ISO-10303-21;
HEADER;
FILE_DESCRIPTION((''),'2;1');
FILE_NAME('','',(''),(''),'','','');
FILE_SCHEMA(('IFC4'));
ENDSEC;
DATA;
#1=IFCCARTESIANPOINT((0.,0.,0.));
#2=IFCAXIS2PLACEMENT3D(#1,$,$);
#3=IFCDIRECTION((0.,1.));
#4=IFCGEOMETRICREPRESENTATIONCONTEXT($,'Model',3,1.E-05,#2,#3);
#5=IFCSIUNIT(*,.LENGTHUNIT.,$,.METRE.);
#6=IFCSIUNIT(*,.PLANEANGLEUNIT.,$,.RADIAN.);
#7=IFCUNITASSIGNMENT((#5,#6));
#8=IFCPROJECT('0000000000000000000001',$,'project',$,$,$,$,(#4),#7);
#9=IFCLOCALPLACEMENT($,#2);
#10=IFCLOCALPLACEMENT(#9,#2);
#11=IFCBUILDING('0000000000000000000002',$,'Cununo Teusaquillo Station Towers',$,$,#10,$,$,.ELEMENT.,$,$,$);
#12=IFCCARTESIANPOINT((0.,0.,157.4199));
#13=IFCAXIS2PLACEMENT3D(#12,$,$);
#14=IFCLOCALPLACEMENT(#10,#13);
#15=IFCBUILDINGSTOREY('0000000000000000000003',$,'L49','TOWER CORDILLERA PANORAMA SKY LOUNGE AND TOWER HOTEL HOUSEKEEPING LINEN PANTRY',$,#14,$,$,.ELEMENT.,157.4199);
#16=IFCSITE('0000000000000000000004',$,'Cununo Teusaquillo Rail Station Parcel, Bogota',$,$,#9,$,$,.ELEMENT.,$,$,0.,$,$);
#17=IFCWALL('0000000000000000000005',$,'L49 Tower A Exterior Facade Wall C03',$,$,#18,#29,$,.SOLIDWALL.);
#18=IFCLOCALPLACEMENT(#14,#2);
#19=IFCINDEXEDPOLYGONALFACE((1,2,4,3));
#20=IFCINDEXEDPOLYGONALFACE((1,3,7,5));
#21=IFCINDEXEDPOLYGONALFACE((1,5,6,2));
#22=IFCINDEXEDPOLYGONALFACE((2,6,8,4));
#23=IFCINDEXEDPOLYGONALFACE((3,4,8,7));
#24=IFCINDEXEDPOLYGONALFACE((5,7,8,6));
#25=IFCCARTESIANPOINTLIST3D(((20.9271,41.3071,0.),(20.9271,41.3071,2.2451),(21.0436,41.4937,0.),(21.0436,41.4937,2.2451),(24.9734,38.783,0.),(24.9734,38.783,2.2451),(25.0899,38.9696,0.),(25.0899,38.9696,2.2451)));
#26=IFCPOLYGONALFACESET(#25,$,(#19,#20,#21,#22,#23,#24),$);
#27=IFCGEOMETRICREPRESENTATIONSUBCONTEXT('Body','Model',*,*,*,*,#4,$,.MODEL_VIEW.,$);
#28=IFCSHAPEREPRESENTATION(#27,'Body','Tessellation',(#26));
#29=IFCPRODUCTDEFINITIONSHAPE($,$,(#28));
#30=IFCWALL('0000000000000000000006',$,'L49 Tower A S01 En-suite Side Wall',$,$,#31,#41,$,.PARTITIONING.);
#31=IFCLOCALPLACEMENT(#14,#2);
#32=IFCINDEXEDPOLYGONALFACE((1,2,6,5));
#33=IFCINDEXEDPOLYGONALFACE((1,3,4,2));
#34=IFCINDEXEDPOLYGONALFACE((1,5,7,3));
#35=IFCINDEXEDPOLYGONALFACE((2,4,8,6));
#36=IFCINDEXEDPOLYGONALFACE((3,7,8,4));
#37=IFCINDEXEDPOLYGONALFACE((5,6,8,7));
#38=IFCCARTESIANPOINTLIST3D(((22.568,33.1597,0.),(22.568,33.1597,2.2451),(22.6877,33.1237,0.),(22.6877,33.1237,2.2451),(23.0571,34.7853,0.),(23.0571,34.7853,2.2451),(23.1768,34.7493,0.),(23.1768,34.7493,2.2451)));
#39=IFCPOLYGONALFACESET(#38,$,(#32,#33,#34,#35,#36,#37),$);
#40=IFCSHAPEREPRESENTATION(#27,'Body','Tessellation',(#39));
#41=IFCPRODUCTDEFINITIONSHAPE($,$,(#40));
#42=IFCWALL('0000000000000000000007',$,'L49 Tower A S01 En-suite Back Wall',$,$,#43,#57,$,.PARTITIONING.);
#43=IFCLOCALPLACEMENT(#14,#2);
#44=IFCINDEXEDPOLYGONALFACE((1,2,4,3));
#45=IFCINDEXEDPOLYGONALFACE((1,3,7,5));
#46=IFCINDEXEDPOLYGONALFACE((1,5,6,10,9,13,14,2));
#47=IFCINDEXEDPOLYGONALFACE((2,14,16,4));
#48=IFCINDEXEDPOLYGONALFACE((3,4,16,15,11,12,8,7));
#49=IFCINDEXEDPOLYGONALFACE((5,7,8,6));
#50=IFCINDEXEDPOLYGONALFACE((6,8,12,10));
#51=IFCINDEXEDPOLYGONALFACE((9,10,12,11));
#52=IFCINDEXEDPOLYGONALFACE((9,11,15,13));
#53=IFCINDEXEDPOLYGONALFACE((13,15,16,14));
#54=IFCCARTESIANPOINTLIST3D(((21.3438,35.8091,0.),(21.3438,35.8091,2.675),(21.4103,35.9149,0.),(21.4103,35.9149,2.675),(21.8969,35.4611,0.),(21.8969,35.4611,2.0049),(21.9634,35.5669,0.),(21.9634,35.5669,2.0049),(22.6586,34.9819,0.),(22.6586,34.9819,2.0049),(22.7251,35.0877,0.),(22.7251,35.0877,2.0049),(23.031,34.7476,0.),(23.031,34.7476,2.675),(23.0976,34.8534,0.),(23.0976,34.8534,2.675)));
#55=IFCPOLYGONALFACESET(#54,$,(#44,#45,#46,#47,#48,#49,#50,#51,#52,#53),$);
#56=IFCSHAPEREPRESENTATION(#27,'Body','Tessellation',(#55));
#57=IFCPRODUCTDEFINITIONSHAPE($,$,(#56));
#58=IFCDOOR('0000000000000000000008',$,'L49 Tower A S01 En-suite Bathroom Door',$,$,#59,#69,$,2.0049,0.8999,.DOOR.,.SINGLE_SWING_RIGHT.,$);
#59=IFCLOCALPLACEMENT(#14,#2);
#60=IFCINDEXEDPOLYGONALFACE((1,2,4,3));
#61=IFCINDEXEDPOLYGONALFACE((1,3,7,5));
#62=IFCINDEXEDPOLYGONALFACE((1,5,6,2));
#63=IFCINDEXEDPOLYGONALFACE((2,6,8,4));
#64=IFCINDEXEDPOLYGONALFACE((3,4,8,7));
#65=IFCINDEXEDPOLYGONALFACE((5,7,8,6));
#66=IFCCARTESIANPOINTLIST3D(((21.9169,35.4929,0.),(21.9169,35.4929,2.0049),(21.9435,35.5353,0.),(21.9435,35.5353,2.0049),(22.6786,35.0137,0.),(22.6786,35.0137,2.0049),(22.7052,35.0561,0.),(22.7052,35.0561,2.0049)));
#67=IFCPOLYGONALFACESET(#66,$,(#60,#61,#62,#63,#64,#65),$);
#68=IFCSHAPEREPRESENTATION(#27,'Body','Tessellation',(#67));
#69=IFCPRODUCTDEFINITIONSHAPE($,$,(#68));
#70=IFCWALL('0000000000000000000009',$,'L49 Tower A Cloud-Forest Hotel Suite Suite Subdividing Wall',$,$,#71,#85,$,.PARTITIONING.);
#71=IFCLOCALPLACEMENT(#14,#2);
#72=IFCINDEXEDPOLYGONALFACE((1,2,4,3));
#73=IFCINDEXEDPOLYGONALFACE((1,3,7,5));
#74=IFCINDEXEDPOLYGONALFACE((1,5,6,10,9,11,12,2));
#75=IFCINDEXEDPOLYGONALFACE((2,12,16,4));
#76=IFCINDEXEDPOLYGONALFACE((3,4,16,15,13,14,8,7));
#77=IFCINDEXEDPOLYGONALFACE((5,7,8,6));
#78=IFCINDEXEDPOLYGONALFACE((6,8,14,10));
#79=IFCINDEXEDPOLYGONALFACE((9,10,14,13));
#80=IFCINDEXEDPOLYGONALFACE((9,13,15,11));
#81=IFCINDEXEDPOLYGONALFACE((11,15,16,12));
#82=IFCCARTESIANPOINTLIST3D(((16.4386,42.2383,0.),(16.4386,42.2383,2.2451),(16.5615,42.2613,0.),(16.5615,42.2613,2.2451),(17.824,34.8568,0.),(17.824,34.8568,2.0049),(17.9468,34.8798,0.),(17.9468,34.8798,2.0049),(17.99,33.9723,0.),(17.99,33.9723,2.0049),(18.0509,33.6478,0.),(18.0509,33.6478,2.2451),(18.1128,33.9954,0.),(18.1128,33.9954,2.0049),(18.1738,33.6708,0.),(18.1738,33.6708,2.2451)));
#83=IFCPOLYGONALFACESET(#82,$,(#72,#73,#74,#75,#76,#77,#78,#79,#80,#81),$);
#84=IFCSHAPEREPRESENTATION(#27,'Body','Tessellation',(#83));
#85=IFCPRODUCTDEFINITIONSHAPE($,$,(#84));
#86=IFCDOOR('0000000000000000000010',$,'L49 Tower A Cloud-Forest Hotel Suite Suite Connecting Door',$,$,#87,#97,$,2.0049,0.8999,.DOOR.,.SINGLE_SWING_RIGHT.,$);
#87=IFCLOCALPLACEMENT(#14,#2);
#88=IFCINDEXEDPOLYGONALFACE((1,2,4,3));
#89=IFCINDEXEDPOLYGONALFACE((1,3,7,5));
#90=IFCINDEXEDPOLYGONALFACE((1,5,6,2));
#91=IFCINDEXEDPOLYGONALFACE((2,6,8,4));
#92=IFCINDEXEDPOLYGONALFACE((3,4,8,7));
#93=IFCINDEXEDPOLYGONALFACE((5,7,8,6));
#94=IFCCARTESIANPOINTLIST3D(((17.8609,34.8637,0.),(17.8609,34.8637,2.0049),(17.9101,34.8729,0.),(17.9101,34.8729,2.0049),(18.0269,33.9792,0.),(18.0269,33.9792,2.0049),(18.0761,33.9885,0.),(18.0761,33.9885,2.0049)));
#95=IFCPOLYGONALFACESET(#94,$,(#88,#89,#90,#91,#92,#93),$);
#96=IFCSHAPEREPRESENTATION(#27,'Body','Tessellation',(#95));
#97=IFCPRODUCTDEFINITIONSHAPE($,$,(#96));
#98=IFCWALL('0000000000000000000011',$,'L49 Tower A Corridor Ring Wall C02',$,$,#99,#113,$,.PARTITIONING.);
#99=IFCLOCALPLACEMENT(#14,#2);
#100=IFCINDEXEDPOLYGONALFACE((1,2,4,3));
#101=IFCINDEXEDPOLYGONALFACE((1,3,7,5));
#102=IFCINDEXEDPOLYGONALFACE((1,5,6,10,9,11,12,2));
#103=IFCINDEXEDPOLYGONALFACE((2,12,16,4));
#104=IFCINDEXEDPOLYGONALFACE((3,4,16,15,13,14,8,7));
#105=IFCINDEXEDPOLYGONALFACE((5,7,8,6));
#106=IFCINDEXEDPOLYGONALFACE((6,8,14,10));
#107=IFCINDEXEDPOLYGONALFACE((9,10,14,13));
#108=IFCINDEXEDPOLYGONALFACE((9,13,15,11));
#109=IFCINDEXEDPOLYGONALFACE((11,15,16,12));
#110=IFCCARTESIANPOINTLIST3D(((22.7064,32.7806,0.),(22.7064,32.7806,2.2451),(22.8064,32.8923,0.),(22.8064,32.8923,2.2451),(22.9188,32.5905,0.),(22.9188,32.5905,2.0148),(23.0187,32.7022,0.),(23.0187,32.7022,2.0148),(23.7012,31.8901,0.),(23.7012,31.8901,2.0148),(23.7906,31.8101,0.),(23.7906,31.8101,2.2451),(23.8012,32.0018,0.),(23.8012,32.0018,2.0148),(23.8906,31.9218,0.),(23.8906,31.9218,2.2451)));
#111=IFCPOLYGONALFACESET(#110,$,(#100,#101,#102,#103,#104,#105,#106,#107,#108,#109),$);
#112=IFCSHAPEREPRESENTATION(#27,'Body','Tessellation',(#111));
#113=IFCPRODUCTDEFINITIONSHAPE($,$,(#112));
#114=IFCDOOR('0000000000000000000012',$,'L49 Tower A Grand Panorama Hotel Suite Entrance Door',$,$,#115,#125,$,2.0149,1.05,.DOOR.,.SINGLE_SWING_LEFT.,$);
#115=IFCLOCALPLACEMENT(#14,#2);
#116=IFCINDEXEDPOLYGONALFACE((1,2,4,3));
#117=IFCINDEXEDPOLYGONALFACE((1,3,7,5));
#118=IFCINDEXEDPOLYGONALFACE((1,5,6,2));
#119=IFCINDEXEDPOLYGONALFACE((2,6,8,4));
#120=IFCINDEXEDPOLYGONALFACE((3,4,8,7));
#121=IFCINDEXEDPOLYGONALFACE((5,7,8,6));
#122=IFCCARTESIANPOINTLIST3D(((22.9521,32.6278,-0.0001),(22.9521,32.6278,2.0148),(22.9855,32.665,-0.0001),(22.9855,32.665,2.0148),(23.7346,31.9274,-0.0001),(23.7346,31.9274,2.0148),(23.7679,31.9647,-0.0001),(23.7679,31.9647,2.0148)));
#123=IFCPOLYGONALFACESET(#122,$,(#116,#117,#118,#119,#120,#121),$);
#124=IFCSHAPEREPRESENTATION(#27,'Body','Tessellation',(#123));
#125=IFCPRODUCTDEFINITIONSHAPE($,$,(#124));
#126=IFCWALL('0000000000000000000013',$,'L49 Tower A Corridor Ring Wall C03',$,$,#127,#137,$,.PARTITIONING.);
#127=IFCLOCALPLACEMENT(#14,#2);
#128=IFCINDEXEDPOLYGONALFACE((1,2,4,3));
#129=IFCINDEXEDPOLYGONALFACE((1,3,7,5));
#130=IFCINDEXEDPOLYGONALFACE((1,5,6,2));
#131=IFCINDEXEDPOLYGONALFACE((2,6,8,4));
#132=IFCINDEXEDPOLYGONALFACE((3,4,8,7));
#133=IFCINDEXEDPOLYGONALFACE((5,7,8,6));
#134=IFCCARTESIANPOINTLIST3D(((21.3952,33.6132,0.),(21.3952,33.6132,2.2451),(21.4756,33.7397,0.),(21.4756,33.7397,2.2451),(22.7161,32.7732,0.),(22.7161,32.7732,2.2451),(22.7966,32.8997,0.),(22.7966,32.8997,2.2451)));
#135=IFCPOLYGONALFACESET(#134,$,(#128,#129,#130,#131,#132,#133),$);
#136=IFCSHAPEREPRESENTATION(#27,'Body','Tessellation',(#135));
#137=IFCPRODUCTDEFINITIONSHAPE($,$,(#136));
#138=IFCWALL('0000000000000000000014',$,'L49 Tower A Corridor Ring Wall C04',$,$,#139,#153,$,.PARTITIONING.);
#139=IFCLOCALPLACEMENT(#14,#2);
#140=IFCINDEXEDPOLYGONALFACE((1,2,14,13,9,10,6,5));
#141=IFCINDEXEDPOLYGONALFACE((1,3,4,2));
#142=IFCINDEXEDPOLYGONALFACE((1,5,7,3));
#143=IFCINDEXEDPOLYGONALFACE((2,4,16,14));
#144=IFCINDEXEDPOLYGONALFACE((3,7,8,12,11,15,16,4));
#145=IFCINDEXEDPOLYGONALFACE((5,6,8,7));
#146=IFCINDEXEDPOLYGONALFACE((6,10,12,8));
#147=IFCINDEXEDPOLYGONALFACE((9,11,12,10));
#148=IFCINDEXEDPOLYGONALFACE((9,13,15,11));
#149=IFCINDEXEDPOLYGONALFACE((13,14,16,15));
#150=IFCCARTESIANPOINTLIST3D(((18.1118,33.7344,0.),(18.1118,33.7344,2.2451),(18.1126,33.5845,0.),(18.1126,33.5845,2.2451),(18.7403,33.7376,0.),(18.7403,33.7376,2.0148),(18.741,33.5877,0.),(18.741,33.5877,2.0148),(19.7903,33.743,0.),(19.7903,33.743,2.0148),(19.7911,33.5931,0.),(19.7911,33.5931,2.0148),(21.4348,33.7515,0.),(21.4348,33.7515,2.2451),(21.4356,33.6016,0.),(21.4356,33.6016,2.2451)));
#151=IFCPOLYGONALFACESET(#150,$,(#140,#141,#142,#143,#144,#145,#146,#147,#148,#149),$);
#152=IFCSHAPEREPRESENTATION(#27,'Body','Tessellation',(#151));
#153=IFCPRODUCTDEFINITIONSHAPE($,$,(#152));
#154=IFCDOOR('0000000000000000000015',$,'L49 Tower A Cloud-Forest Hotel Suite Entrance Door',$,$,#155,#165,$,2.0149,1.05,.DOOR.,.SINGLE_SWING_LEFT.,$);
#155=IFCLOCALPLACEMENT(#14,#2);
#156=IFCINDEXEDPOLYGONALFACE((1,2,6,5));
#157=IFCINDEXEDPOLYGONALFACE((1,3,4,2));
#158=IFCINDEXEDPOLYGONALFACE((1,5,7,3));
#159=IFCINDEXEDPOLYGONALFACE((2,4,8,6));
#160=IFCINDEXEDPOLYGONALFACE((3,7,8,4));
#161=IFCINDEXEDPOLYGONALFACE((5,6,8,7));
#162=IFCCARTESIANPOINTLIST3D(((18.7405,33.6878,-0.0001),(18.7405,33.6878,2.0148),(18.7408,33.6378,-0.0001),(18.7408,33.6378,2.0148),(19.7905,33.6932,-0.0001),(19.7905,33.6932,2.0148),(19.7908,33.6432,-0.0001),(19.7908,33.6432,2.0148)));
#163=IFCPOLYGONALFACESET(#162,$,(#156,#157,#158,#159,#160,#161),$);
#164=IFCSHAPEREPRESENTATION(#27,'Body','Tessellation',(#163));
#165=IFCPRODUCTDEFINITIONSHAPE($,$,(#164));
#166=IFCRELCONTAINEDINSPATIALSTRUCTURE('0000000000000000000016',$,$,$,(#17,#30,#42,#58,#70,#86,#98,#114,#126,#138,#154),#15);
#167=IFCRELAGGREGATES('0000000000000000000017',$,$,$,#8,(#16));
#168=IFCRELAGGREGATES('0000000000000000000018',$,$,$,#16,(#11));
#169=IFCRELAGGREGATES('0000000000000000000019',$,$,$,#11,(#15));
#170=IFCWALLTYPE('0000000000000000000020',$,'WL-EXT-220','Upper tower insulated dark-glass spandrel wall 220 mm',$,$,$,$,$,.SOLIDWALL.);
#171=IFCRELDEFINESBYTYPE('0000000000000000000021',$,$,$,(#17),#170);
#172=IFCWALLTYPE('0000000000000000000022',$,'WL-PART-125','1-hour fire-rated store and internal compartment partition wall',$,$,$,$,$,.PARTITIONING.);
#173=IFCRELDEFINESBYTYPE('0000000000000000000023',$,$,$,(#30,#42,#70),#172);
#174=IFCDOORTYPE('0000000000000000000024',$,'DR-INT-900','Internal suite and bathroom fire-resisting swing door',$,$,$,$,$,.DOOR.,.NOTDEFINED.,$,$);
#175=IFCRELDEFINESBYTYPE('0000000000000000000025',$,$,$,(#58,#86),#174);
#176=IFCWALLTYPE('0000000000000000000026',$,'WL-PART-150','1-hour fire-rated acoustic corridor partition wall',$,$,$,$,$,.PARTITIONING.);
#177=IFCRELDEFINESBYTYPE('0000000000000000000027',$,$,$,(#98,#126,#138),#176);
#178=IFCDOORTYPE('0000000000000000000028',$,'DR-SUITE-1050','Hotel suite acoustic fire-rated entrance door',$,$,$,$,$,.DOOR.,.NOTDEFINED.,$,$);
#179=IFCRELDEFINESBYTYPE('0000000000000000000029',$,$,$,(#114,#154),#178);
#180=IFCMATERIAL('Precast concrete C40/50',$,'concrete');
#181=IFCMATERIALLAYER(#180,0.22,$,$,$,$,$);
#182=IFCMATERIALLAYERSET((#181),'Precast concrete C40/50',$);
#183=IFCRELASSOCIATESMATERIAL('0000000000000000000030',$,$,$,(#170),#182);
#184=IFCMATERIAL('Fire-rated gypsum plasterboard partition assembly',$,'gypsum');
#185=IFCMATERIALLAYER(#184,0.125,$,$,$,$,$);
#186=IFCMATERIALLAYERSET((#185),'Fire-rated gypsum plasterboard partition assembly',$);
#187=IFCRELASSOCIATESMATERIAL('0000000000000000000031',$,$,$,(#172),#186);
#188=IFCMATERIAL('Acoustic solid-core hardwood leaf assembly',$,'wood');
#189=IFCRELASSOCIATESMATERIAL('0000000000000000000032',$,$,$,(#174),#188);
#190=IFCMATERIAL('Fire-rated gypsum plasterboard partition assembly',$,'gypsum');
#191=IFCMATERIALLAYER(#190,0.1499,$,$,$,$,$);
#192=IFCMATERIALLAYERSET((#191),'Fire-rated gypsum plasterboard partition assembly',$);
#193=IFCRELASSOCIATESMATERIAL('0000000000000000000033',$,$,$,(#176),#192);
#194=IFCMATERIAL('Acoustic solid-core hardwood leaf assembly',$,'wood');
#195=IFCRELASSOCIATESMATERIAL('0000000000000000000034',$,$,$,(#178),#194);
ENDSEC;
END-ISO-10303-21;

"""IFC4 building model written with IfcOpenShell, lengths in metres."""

from ifc_helpers import new_model, si_unit, direction, frame, frame_2d, origin, place, context, subcontext, project, spatial, rectangle, extrude, source, transform, mapped, material, layer, layer_set, type_object, element, fill, save


model = new_model("IFC4")

# Units and contexts
model_context = context("Model", 3, precision=1e-05, world=origin(), true_north=direction((0.0, 1.0)))
body_context = subcontext(model_context, "Body", "Model", "MODEL_VIEW")
ifc_project = project(units=[si_unit("LENGTHUNIT", "METRE"), si_unit("PLANEANGLEUNIT", "RADIAN")], contexts=[model_context])

# Site, building, storey
site_placement = place(None, origin())
site = spatial("IfcSite", under=ifc_project, at=site_placement, Name="Cununo Teusaquillo Rail Station Parcel, Bogota", CompositionType="ELEMENT", RefElevation=0.0)
building_placement = place(site_placement, origin())
building = spatial("IfcBuilding", under=site, at=building_placement, Name="Cununo Teusaquillo Station Towers", CompositionType="ELEMENT")
storey_placement = place(building_placement, frame((0.0, 0.0, 157.4199)))
storey = spatial("IfcBuildingStorey", under=building, at=storey_placement, Name="L49", Description="TOWER CORDILLERA PANORAMA SKY LOUNGE AND TOWER HOTEL HOUSEKEEPING LINEN PANTRY", CompositionType="ELEMENT", Elevation=157.4199)

# Shared definitions
ifc_material_1 = material(Name="Precast concrete C40/50", Category="concrete")
ifc_layer_1 = layer(ifc_material_1, 0.22)
ifc_layer_set_1 = layer_set([ifc_layer_1], Name="Precast concrete C40/50")
wall_type_1 = type_object("IfcWallType", Name="WL-EXT-220", Description="Upper tower insulated dark-glass spandrel wall 220 mm", PredefinedType="SOLIDWALL", material=ifc_layer_set_1)

# Walls
wall_1_placement = place(storey_placement, frame((20.9854, 41.4004, 0.0), z_axis=(0.0, 0.0, 1.0), x_axis=(0.848452, -0.529272, 0.0)))
element("IfcWall", 1, at=wall_1_placement, inside=storey, type_object=wall_type_1, Name="L49 Tower A Exterior Facade Wall C03", PredefinedType="SOLIDWALL", context=body_context, shape_type="SweptSolid", body=[
    extrude(rectangle(XDim=4.769, YDim=0.22, at=frame_2d((2.3845, 0.0))), origin(), (0.0, 0.0, 1.0), 2.2451),
])
ifc_material_2 = material(Name="Fire-rated gypsum plasterboard partition assembly", Category="gypsum")
ifc_layer_2 = layer(ifc_material_2, 0.125)
ifc_layer_set_2 = layer_set([ifc_layer_2], Name="Fire-rated gypsum plasterboard partition assembly")
wall_type_2 = type_object("IfcWallType", Name="WL-PART-125", Description="1-hour fire-rated store and internal compartment partition wall", PredefinedType="PARTITIONING", material=ifc_layer_set_2)
wall_2_placement = place(storey_placement, frame((22.6279, 33.1418, 0.0), z_axis=(0.0, 0.0, 1.0), x_axis=(0.288087, 0.957604, 0.0)))
element("IfcWall", 2, at=wall_2_placement, inside=storey, type_object=wall_type_2, Name="L49 Tower A S01 En-suite Side Wall", PredefinedType="PARTITIONING", context=body_context, shape_type="SweptSolid", body=[
    extrude(rectangle(XDim=1.6975, YDim=0.125, at=frame_2d((0.8486, 0.0))), origin(), (0.0, 0.0, 1.0), 2.2451),
])

# Walls, openings, doors
wall_3_placement = place(storey_placement, frame((23.0642, 34.8005, 0.0), z_axis=(0.0, 0.0, 1.0), x_axis=(-0.846419, 0.532518, 0.0)))
wall_3 = element("IfcWall", 3, at=wall_3_placement, inside=storey, type_object=wall_type_2, Name="L49 Tower A S01 En-suite Back Wall", PredefinedType="PARTITIONING", context=body_context, shape_type="SweptSolid", body=[
    extrude(rectangle(XDim=1.9934, YDim=0.125, at=frame_2d((0.9966, 0.0))), origin(), (0.0, 0.0, 1.0), 2.675),
])
shared_shape_1 = source(origin(), body_context, "Body", "SweptSolid", [
    extrude(rectangle(XDim=0.8999, YDim=2.0049, at=frame_2d((0.45, 1.0024))), frame((0.0, 0.0725, 0.0), z_axis=(0.0, -1.0, 0.0), x_axis=(1.0, 0.0, 0.0)), (0.0, 0.0, 1.0), 0.145),
])
opening_1_placement = place(wall_3_placement, frame((0.4399, 0.0, 0.0)))
opening_1 = element("IfcOpeningElement", 4, at=opening_1_placement, cuts=wall_3, PredefinedType="OPENING", context=body_context, shape_type="MappedRepresentation", body=[
    mapped(shared_shape_1, transform((0.0, 0.0, 0.0), x_axis=(1.0, 0.0, 0.0), y_axis=(0.0, 1.0, 0.0), z_axis=(0.0, 0.0, 1.0), scale=1.0)),
])
ifc_material_3 = material(Name="Acoustic solid-core hardwood leaf assembly", Category="wood")
door_type_1 = type_object("IfcDoorType", Name="DR-INT-900", Description="Internal suite and bathroom fire-resisting swing door", OperationType="NOTDEFINED", PredefinedType="DOOR", material=ifc_material_3)
shared_shape_2 = source(origin(), body_context, "Body", "SweptSolid", [
    extrude(rectangle(XDim=0.8999, YDim=2.0049, at=frame_2d((0.45, 1.0024))), frame((0.0, 0.0249, 0.0), z_axis=(0.0, -1.0, 0.0), x_axis=(1.0, 0.0, 0.0)), (0.0, 0.0, 1.0), 0.05),
])
door_1_placement = place(opening_1_placement, origin())
door_1 = element("IfcDoor", 5, at=door_1_placement, inside=storey, type_object=door_type_1, Name="L49 Tower A S01 En-suite Bathroom Door", OperationType="SINGLE_SWING_RIGHT", OverallHeight=2.0049, OverallWidth=0.8999, PredefinedType="DOOR", context=body_context, shape_type="MappedRepresentation", body=[
    mapped(shared_shape_2, transform((0.0, 0.0, 0.0), x_axis=(1.0, 0.0, 0.0), y_axis=(0.0, 1.0, 0.0), z_axis=(0.0, 0.0, 1.0), scale=1.0)),
])
fill(opening_1, door_1)
wall_4_placement = place(storey_placement, frame((18.1123, 33.6594, 0.0), z_axis=(0.0, 0.0, 1.0), x_axis=(-0.184462, 0.98284, 0.0)))
wall_4 = element("IfcWall", 6, at=wall_4_placement, inside=storey, type_object=wall_type_2, Name="L49 Tower A Cloud-Forest Hotel Suite Suite Subdividing Wall", PredefinedType="PARTITIONING", context=body_context, shape_type="SweptSolid", body=[
    extrude(rectangle(XDim=8.7405, YDim=0.125, at=frame_2d((4.3701, 0.0))), origin(), (0.0, 0.0, 1.0), 2.2451),
])
opening_2_placement = place(wall_4_placement, frame((0.3301, 0.0, 0.0)))
opening_2 = element("IfcOpeningElement", 7, at=opening_2_placement, cuts=wall_4, PredefinedType="OPENING", context=body_context, shape_type="MappedRepresentation", body=[
    mapped(shared_shape_1, transform((0.0, 0.0, 0.0), x_axis=(1.0, 0.0, 0.0), y_axis=(0.0, 1.0, 0.0), z_axis=(0.0, 0.0, 1.0), scale=1.0)),
])
door_2_placement = place(opening_2_placement, origin())
door_2 = element("IfcDoor", 8, at=door_2_placement, inside=storey, type_object=door_type_1, Name="L49 Tower A Cloud-Forest Hotel Suite Suite Connecting Door", OperationType="SINGLE_SWING_RIGHT", OverallHeight=2.0049, OverallWidth=0.8999, PredefinedType="DOOR", context=body_context, shape_type="MappedRepresentation", body=[
    mapped(shared_shape_2, transform((0.0, 0.0, 0.0), x_axis=(1.0, 0.0, 0.0), y_axis=(0.0, 1.0, 0.0), z_axis=(0.0, 0.0, 1.0), scale=1.0)),
])
fill(opening_2, door_2)
ifc_material_4 = material(Name="Fire-rated gypsum plasterboard partition assembly", Category="gypsum")
ifc_layer_3 = layer(ifc_material_4, 0.1499)
ifc_layer_set_3 = layer_set([ifc_layer_3], Name="Fire-rated gypsum plasterboard partition assembly")
wall_type_3 = type_object("IfcWallType", Name="WL-PART-150", Description="1-hour fire-rated acoustic corridor partition wall", PredefinedType="PARTITIONING", material=ifc_layer_set_3)
wall_5_placement = place(storey_placement, frame((23.8406, 31.866, 0.0), z_axis=(0.0, 0.0, 1.0), x_axis=(-0.745118, 0.666932, 0.0)))
wall_5 = element("IfcWall", 9, at=wall_5_placement, inside=storey, type_object=wall_type_3, Name="L49 Tower A Corridor Ring Wall C02", PredefinedType="PARTITIONING", context=body_context, shape_type="SweptSolid", body=[
    extrude(rectangle(XDim=1.4551, YDim=0.1499, at=frame_2d((0.7275, 0.0))), origin(), (0.0, 0.0, 1.0), 2.2451),
])
shared_shape_3 = source(origin(), body_context, "Body", "SweptSolid", [
    extrude(rectangle(XDim=1.05, YDim=2.0149, at=frame_2d((0.5249, 1.0073))), frame((0.0, 0.085, 0.0), z_axis=(0.0, -1.0, 0.0), x_axis=(1.0, 0.0, 0.0)), (0.0, 0.0, 1.0), 0.1699),
])
opening_3_placement = place(wall_5_placement, frame((0.1201, 0.0, 0.0)))
opening_3 = element("IfcOpeningElement", 10, at=opening_3_placement, cuts=wall_5, PredefinedType="OPENING", context=body_context, shape_type="MappedRepresentation", body=[
    mapped(shared_shape_3, transform((0.0, 0.0, 0.0), x_axis=(1.0, 0.0, 0.0), y_axis=(0.0, 1.0, 0.0), z_axis=(0.0, 0.0, 1.0), scale=1.0)),
])
ifc_material_5 = material(Name="Acoustic solid-core hardwood leaf assembly", Category="wood")
door_type_2 = type_object("IfcDoorType", Name="DR-SUITE-1050", Description="Hotel suite acoustic fire-rated entrance door", OperationType="NOTDEFINED", PredefinedType="DOOR", material=ifc_material_5)
shared_shape_4 = source(origin(), body_context, "Body", "SweptSolid", [
    extrude(rectangle(XDim=1.05, YDim=2.0149, at=frame_2d((0.5249, 1.0073))), frame((0.0, 0.0249, 0.0), z_axis=(0.0, -1.0, 0.0), x_axis=(1.0, 0.0, 0.0)), (0.0, 0.0, 1.0), 0.05),
])
door_3_placement = place(opening_3_placement, origin())
door_3 = element("IfcDoor", 11, at=door_3_placement, inside=storey, type_object=door_type_2, Name="L49 Tower A Grand Panorama Hotel Suite Entrance Door", OperationType="SINGLE_SWING_LEFT", OverallHeight=2.0149, OverallWidth=1.05, PredefinedType="DOOR", context=body_context, shape_type="MappedRepresentation", body=[
    mapped(shared_shape_4, transform((0.0, 0.0, 0.0), x_axis=(1.0, 0.0, 0.0), y_axis=(0.0, 1.0, 0.0), z_axis=(0.0, 0.0, 1.0), scale=1.0)),
])
fill(opening_3, door_3)

# Wall
wall_6_placement = place(storey_placement, frame((22.7563, 32.8364, 0.0), z_axis=(0.0, 0.0, 1.0), x_axis=(-0.843828, 0.536613, 0.0)))
element("IfcWall", 12, at=wall_6_placement, inside=storey, type_object=wall_type_3, Name="L49 Tower A Corridor Ring Wall C03", PredefinedType="PARTITIONING", context=body_context, shape_type="SweptSolid", body=[
    extrude(rectangle(XDim=1.5654, YDim=0.1499, at=frame_2d((0.7827, 0.0))), origin(), (0.0, 0.0, 1.0), 2.2451),
])

# Wall, opening, door
wall_7_placement = place(storey_placement, frame((21.4353, 33.6765, 0.0), z_axis=(0.0, 0.0, 1.0), x_axis=(-0.999987, -0.005143, 0.0)))
wall_7 = element("IfcWall", 13, at=wall_7_placement, inside=storey, type_object=wall_type_3, Name="L49 Tower A Corridor Ring Wall C04", PredefinedType="PARTITIONING", context=body_context, shape_type="SweptSolid", body=[
    extrude(rectangle(XDim=3.323, YDim=0.1499, at=frame_2d((1.6616, 0.0))), origin(), (0.0, 0.0, 1.0), 2.2451),
])
opening_4_placement = place(wall_7_placement, frame((1.6448, 0.0, 0.0)))
opening_4 = element("IfcOpeningElement", 14, at=opening_4_placement, cuts=wall_7, PredefinedType="OPENING", context=body_context, shape_type="MappedRepresentation", body=[
    mapped(shared_shape_3, transform((0.0, 0.0, 0.0), x_axis=(1.0, 0.0, 0.0), y_axis=(0.0, 1.0, 0.0), z_axis=(0.0, 0.0, 1.0), scale=1.0)),
])
door_4_placement = place(opening_4_placement, origin())
door_4 = element("IfcDoor", 15, at=door_4_placement, inside=storey, type_object=door_type_2, Name="L49 Tower A Cloud-Forest Hotel Suite Entrance Door", OperationType="SINGLE_SWING_LEFT", OverallHeight=2.0149, OverallWidth=1.05, PredefinedType="DOOR", context=body_context, shape_type="MappedRepresentation", body=[
    mapped(shared_shape_4, transform((0.0, 0.0, 0.0), x_axis=(1.0, 0.0, 0.0), y_axis=(0.0, 1.0, 0.0), z_axis=(0.0, 0.0, 1.0), scale=1.0)),
])
fill(opening_4, door_4)

save(model, "model.ifc")
